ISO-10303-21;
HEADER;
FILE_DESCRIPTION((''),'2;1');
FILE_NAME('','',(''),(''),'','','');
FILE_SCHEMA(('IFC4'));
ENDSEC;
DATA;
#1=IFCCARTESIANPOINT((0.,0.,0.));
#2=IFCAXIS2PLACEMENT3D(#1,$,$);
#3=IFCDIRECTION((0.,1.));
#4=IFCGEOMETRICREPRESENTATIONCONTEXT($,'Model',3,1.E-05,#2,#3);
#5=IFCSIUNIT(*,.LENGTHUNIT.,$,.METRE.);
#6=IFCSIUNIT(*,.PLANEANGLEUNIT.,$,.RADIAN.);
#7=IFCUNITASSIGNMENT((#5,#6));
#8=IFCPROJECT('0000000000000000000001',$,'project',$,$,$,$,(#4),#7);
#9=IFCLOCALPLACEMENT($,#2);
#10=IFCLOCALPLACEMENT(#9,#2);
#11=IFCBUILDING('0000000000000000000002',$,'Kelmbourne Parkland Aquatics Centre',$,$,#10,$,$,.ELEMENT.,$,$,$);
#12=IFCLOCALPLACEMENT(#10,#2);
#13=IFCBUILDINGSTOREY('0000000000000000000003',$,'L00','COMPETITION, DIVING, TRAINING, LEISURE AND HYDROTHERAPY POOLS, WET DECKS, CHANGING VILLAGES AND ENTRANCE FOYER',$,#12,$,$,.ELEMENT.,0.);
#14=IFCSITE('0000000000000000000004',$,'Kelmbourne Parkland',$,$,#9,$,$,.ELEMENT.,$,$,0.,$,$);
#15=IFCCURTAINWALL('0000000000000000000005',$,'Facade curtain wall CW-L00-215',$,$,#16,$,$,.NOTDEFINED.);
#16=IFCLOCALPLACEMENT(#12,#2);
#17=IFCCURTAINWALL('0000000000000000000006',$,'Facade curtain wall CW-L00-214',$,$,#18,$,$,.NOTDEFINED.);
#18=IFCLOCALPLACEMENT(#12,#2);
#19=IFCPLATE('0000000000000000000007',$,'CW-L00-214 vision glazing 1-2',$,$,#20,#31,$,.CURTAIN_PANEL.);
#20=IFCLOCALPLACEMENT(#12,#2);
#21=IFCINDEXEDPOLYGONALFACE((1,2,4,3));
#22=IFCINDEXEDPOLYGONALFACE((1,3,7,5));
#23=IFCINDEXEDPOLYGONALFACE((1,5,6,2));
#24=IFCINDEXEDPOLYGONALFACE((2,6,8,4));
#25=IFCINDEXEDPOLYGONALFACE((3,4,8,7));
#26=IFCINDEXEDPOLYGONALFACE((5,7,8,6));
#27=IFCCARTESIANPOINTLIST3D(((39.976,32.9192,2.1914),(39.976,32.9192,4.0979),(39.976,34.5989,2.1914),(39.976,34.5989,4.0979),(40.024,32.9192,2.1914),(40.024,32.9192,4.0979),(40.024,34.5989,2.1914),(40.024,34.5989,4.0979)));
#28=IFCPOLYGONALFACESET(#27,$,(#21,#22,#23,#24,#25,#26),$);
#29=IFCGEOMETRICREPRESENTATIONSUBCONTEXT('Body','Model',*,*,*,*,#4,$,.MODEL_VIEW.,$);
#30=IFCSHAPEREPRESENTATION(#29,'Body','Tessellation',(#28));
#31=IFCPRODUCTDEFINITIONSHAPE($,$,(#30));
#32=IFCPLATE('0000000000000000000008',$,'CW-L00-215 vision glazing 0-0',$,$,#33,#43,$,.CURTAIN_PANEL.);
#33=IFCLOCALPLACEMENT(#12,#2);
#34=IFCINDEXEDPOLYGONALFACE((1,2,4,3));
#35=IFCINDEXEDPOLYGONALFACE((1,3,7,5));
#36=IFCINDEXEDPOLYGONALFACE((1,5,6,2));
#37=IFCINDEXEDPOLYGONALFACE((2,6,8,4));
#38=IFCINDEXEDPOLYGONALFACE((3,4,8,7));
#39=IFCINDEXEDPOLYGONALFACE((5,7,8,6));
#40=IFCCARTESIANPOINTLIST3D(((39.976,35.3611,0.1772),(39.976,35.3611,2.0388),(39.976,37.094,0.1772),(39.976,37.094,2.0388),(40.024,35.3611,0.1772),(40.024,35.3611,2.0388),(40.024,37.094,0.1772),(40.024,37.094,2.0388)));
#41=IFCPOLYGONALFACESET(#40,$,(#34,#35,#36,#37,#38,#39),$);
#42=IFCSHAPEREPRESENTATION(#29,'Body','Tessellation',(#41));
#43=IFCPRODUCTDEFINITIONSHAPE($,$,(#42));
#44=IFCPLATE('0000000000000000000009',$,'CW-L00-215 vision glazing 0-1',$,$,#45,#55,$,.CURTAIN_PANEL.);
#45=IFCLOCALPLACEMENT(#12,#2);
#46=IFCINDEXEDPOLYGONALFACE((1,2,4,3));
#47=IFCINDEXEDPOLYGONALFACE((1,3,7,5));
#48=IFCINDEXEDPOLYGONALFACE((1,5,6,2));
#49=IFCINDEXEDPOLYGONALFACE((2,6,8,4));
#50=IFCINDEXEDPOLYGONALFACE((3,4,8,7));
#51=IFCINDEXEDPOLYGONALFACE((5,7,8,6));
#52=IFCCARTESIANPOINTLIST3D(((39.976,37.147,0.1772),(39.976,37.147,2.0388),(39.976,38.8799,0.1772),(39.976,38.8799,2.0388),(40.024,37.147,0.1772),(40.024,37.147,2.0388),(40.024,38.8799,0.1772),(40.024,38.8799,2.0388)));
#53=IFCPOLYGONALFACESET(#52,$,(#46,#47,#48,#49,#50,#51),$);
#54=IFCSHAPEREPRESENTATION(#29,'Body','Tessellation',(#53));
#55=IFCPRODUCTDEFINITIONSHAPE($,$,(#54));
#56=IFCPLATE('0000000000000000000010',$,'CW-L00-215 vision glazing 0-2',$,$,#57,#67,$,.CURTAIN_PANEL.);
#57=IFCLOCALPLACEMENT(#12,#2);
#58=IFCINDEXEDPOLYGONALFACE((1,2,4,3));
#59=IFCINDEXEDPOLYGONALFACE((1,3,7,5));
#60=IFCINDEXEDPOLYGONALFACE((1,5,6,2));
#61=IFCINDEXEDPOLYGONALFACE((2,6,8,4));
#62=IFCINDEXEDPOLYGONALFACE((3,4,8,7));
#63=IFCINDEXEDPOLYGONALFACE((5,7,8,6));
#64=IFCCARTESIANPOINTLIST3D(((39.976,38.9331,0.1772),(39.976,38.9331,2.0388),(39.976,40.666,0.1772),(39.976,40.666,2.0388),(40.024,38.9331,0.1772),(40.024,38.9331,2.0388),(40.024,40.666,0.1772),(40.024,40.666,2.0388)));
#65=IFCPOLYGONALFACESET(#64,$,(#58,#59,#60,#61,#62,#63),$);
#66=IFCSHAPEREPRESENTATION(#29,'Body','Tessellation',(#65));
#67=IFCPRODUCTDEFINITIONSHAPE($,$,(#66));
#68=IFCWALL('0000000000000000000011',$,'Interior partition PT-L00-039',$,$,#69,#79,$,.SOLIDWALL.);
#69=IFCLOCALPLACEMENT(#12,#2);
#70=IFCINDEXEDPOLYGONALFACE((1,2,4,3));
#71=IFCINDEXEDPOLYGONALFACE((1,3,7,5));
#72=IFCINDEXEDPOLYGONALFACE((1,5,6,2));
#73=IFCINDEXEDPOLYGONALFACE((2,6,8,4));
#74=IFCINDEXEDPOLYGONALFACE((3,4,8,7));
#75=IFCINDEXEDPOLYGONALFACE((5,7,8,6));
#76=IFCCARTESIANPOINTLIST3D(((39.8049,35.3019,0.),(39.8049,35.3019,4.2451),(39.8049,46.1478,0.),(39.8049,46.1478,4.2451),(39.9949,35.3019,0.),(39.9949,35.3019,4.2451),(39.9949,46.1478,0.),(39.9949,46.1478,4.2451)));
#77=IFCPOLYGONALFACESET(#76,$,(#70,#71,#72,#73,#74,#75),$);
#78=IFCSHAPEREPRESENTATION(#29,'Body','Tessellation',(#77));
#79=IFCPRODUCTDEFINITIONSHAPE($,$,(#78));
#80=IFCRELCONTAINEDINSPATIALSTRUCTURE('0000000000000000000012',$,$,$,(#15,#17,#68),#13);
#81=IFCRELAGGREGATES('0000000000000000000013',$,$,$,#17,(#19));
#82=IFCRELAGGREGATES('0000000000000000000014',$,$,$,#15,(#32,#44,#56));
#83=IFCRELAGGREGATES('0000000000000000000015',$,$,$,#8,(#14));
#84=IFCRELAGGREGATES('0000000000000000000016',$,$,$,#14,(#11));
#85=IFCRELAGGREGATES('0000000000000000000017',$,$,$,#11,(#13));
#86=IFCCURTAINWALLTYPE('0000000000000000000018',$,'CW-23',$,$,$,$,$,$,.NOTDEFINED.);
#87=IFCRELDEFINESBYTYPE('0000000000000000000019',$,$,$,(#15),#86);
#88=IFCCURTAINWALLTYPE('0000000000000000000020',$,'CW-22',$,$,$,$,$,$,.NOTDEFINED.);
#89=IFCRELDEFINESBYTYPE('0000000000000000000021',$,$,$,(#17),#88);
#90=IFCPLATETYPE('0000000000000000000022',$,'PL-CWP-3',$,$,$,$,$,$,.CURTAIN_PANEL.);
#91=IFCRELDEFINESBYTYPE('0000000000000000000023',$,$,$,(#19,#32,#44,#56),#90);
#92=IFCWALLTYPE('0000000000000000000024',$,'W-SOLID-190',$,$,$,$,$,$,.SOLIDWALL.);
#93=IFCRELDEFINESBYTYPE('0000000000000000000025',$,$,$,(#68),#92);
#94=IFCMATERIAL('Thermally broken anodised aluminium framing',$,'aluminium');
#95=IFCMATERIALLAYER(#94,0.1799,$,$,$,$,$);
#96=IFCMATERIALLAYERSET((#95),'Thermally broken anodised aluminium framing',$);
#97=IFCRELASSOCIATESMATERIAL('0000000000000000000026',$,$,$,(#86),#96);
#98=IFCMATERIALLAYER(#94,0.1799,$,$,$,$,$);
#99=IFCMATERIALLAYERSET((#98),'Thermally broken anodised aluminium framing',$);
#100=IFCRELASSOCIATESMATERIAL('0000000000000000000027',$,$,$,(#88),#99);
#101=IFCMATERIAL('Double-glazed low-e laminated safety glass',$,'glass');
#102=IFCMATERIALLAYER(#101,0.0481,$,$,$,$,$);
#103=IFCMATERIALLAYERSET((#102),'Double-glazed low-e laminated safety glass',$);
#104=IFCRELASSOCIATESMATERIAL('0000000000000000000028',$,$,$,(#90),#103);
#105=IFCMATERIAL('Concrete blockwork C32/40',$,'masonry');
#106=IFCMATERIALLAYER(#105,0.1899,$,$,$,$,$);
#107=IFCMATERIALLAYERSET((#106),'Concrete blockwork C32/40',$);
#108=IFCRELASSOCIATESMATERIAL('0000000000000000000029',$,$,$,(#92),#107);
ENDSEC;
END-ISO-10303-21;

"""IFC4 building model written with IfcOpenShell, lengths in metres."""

from ifc_helpers import new_model, si_unit, direction, frame, frame_2d, origin, origin_2d, place, context, subcontext, project, spatial, rectangle, extrude, material, layer, layer_set, type_object, element, aggregate, save


model = new_model("IFC4")

# Units and contexts
model_context = context("Model", 3, precision=1e-05, world=origin(), true_north=direction((0.0, 1.0)))
body_context = subcontext(model_context, "Body", "Model", "MODEL_VIEW")
ifc_project = project(units=[si_unit("LENGTHUNIT", "METRE"), si_unit("PLANEANGLEUNIT", "RADIAN")], contexts=[model_context])

# Site, building, storey
site_placement = place(None, origin())
site = spatial("IfcSite", under=ifc_project, at=site_placement, Name="Kelmbourne Parkland", CompositionType="ELEMENT", RefElevation=0.0)
building_placement = place(site_placement, origin())
building = spatial("IfcBuilding", under=site, at=building_placement, Name="Kelmbourne Parkland Aquatics Centre", CompositionType="ELEMENT")
storey_placement = place(building_placement, origin())
storey = spatial("IfcBuildingStorey", under=building, at=storey_placement, Name="L00", Description="COMPETITION, DIVING, TRAINING, LEISURE AND HYDROTHERAPY POOLS, WET DECKS, CHANGING VILLAGES AND ENTRANCE FOYER", CompositionType="ELEMENT", Elevation=0.0)

# Curtain wall
ifc_material_1 = material(Name="Thermally broken anodised aluminium framing", Category="aluminium")
ifc_layer_1 = layer(ifc_material_1, 0.1799)
ifc_layer_set_1 = layer_set([ifc_layer_1], Name="Thermally broken anodised aluminium framing")
curtain_wall_type_1 = type_object("IfcCurtainWallType", Name="CW-23", PredefinedType="NOTDEFINED", material=ifc_layer_set_1)
curtain_wall_1_placement = place(storey_placement, origin())
curtain_wall_1 = element("IfcCurtainWall", 1, at=curtain_wall_1_placement, inside=storey, type_object=curtain_wall_type_1, Name="Facade curtain wall CW-L00-215", PredefinedType="NOTDEFINED")

# Curtain wall
ifc_layer_2 = layer(ifc_material_1, 0.1799)
ifc_layer_set_2 = layer_set([ifc_layer_2], Name="Thermally broken anodised aluminium framing")
curtain_wall_type_2 = type_object("IfcCurtainWallType", Name="CW-22", PredefinedType="NOTDEFINED", material=ifc_layer_set_2)
curtain_wall_2_placement = place(storey_placement, origin())
curtain_wall_2 = element("IfcCurtainWall", 2, at=curtain_wall_2_placement, inside=storey, type_object=curtain_wall_type_2, Name="Facade curtain wall CW-L00-214", PredefinedType="NOTDEFINED")

# Plates
ifc_material_2 = material(Name="Double-glazed low-e laminated safety glass", Category="glass")
ifc_layer_3 = layer(ifc_material_2, 0.0481)
ifc_layer_set_3 = layer_set([ifc_layer_3], Name="Double-glazed low-e laminated safety glass")
plate_type_1 = type_object("IfcPlateType", Name="PL-CWP-3", PredefinedType="CURTAIN_PANEL", material=ifc_layer_set_3)
plate_1_placement = place(storey_placement, frame((40.0, 33.759, 2.1914), z_axis=(0.0, 0.0, 1.0), x_axis=(0.0, 1.0, 0.0)))
plate_1 = element("IfcPlate", 3, at=plate_1_placement, type_object=plate_type_1, Name="CW-L00-214 vision glazing 1-2", PredefinedType="CURTAIN_PANEL", context=body_context, shape_type="SweptSolid", body=[
    extrude(rectangle(XDim=1.6797, YDim=0.0481, at=origin_2d()), origin(), (0.0, 0.0, 1.0), 1.9065),
])
aggregate(curtain_wall_2, [plate_1])
plate_2_placement = place(storey_placement, frame((40.0, 36.2275, 0.1772), z_axis=(0.0, 0.0, 1.0), x_axis=(0.0, 1.0, 0.0)))
plate_2 = element("IfcPlate", 4, at=plate_2_placement, type_object=plate_type_1, Name="CW-L00-215 vision glazing 0-0", PredefinedType="CURTAIN_PANEL", context=body_context, shape_type="SweptSolid", body=[
    extrude(rectangle(XDim=1.7329, YDim=0.0481, at=origin_2d()), origin(), (0.0, 0.0, 1.0), 1.8616),
])
plate_3_placement = place(storey_placement, frame((40.0, 38.0134, 0.1772), z_axis=(0.0, 0.0, 1.0), x_axis=(0.0, 1.0, 0.0)))
plate_3 = element("IfcPlate", 5, at=plate_3_placement, type_object=plate_type_1, Name="CW-L00-215 vision glazing 0-1", PredefinedType="CURTAIN_PANEL", context=body_context, shape_type="SweptSolid", body=[
    extrude(rectangle(XDim=1.7329, YDim=0.0481, at=origin_2d()), origin(), (0.0, 0.0, 1.0), 1.8616),
])
plate_4_placement = place(storey_placement, frame((40.0, 39.7996, 0.1772), z_axis=(0.0, 0.0, 1.0), x_axis=(0.0, 1.0, 0.0)))
plate_4 = element("IfcPlate", 6, at=plate_4_placement, type_object=plate_type_1, Name="CW-L00-215 vision glazing 0-2", PredefinedType="CURTAIN_PANEL", context=body_context, shape_type="SweptSolid", body=[
    extrude(rectangle(XDim=1.7329, YDim=0.0481, at=origin_2d()), origin(), (0.0, 0.0, 1.0), 1.8616),
])
aggregate(curtain_wall_1, [plate_2, plate_3, plate_4])

# Wall
ifc_material_3 = material(Name="Concrete blockwork C32/40", Category="masonry")
ifc_layer_4 = layer(ifc_material_3, 0.1899)
ifc_layer_set_4 = layer_set([ifc_layer_4], Name="Concrete blockwork C32/40")
wall_type = type_object("IfcWallType", Name="W-SOLID-190", PredefinedType="SOLIDWALL", material=ifc_layer_set_4)
wall_placement = place(storey_placement, frame((39.8999, 35.302, 0.0), z_axis=(0.0, 0.0, 1.0), x_axis=(0.0, 1.0, 0.0)))
element("IfcWall", 7, at=wall_placement, inside=storey, type_object=wall_type, Name="Interior partition PT-L00-039", PredefinedType="SOLIDWALL", context=body_context, shape_type="SweptSolid", body=[
    extrude(rectangle(XDim=10.8459, YDim=0.1899, at=frame_2d((5.4229, 0.0))), origin(), (0.0, 0.0, 1.0), 4.2451),
])

save(model, "model.ifc")
